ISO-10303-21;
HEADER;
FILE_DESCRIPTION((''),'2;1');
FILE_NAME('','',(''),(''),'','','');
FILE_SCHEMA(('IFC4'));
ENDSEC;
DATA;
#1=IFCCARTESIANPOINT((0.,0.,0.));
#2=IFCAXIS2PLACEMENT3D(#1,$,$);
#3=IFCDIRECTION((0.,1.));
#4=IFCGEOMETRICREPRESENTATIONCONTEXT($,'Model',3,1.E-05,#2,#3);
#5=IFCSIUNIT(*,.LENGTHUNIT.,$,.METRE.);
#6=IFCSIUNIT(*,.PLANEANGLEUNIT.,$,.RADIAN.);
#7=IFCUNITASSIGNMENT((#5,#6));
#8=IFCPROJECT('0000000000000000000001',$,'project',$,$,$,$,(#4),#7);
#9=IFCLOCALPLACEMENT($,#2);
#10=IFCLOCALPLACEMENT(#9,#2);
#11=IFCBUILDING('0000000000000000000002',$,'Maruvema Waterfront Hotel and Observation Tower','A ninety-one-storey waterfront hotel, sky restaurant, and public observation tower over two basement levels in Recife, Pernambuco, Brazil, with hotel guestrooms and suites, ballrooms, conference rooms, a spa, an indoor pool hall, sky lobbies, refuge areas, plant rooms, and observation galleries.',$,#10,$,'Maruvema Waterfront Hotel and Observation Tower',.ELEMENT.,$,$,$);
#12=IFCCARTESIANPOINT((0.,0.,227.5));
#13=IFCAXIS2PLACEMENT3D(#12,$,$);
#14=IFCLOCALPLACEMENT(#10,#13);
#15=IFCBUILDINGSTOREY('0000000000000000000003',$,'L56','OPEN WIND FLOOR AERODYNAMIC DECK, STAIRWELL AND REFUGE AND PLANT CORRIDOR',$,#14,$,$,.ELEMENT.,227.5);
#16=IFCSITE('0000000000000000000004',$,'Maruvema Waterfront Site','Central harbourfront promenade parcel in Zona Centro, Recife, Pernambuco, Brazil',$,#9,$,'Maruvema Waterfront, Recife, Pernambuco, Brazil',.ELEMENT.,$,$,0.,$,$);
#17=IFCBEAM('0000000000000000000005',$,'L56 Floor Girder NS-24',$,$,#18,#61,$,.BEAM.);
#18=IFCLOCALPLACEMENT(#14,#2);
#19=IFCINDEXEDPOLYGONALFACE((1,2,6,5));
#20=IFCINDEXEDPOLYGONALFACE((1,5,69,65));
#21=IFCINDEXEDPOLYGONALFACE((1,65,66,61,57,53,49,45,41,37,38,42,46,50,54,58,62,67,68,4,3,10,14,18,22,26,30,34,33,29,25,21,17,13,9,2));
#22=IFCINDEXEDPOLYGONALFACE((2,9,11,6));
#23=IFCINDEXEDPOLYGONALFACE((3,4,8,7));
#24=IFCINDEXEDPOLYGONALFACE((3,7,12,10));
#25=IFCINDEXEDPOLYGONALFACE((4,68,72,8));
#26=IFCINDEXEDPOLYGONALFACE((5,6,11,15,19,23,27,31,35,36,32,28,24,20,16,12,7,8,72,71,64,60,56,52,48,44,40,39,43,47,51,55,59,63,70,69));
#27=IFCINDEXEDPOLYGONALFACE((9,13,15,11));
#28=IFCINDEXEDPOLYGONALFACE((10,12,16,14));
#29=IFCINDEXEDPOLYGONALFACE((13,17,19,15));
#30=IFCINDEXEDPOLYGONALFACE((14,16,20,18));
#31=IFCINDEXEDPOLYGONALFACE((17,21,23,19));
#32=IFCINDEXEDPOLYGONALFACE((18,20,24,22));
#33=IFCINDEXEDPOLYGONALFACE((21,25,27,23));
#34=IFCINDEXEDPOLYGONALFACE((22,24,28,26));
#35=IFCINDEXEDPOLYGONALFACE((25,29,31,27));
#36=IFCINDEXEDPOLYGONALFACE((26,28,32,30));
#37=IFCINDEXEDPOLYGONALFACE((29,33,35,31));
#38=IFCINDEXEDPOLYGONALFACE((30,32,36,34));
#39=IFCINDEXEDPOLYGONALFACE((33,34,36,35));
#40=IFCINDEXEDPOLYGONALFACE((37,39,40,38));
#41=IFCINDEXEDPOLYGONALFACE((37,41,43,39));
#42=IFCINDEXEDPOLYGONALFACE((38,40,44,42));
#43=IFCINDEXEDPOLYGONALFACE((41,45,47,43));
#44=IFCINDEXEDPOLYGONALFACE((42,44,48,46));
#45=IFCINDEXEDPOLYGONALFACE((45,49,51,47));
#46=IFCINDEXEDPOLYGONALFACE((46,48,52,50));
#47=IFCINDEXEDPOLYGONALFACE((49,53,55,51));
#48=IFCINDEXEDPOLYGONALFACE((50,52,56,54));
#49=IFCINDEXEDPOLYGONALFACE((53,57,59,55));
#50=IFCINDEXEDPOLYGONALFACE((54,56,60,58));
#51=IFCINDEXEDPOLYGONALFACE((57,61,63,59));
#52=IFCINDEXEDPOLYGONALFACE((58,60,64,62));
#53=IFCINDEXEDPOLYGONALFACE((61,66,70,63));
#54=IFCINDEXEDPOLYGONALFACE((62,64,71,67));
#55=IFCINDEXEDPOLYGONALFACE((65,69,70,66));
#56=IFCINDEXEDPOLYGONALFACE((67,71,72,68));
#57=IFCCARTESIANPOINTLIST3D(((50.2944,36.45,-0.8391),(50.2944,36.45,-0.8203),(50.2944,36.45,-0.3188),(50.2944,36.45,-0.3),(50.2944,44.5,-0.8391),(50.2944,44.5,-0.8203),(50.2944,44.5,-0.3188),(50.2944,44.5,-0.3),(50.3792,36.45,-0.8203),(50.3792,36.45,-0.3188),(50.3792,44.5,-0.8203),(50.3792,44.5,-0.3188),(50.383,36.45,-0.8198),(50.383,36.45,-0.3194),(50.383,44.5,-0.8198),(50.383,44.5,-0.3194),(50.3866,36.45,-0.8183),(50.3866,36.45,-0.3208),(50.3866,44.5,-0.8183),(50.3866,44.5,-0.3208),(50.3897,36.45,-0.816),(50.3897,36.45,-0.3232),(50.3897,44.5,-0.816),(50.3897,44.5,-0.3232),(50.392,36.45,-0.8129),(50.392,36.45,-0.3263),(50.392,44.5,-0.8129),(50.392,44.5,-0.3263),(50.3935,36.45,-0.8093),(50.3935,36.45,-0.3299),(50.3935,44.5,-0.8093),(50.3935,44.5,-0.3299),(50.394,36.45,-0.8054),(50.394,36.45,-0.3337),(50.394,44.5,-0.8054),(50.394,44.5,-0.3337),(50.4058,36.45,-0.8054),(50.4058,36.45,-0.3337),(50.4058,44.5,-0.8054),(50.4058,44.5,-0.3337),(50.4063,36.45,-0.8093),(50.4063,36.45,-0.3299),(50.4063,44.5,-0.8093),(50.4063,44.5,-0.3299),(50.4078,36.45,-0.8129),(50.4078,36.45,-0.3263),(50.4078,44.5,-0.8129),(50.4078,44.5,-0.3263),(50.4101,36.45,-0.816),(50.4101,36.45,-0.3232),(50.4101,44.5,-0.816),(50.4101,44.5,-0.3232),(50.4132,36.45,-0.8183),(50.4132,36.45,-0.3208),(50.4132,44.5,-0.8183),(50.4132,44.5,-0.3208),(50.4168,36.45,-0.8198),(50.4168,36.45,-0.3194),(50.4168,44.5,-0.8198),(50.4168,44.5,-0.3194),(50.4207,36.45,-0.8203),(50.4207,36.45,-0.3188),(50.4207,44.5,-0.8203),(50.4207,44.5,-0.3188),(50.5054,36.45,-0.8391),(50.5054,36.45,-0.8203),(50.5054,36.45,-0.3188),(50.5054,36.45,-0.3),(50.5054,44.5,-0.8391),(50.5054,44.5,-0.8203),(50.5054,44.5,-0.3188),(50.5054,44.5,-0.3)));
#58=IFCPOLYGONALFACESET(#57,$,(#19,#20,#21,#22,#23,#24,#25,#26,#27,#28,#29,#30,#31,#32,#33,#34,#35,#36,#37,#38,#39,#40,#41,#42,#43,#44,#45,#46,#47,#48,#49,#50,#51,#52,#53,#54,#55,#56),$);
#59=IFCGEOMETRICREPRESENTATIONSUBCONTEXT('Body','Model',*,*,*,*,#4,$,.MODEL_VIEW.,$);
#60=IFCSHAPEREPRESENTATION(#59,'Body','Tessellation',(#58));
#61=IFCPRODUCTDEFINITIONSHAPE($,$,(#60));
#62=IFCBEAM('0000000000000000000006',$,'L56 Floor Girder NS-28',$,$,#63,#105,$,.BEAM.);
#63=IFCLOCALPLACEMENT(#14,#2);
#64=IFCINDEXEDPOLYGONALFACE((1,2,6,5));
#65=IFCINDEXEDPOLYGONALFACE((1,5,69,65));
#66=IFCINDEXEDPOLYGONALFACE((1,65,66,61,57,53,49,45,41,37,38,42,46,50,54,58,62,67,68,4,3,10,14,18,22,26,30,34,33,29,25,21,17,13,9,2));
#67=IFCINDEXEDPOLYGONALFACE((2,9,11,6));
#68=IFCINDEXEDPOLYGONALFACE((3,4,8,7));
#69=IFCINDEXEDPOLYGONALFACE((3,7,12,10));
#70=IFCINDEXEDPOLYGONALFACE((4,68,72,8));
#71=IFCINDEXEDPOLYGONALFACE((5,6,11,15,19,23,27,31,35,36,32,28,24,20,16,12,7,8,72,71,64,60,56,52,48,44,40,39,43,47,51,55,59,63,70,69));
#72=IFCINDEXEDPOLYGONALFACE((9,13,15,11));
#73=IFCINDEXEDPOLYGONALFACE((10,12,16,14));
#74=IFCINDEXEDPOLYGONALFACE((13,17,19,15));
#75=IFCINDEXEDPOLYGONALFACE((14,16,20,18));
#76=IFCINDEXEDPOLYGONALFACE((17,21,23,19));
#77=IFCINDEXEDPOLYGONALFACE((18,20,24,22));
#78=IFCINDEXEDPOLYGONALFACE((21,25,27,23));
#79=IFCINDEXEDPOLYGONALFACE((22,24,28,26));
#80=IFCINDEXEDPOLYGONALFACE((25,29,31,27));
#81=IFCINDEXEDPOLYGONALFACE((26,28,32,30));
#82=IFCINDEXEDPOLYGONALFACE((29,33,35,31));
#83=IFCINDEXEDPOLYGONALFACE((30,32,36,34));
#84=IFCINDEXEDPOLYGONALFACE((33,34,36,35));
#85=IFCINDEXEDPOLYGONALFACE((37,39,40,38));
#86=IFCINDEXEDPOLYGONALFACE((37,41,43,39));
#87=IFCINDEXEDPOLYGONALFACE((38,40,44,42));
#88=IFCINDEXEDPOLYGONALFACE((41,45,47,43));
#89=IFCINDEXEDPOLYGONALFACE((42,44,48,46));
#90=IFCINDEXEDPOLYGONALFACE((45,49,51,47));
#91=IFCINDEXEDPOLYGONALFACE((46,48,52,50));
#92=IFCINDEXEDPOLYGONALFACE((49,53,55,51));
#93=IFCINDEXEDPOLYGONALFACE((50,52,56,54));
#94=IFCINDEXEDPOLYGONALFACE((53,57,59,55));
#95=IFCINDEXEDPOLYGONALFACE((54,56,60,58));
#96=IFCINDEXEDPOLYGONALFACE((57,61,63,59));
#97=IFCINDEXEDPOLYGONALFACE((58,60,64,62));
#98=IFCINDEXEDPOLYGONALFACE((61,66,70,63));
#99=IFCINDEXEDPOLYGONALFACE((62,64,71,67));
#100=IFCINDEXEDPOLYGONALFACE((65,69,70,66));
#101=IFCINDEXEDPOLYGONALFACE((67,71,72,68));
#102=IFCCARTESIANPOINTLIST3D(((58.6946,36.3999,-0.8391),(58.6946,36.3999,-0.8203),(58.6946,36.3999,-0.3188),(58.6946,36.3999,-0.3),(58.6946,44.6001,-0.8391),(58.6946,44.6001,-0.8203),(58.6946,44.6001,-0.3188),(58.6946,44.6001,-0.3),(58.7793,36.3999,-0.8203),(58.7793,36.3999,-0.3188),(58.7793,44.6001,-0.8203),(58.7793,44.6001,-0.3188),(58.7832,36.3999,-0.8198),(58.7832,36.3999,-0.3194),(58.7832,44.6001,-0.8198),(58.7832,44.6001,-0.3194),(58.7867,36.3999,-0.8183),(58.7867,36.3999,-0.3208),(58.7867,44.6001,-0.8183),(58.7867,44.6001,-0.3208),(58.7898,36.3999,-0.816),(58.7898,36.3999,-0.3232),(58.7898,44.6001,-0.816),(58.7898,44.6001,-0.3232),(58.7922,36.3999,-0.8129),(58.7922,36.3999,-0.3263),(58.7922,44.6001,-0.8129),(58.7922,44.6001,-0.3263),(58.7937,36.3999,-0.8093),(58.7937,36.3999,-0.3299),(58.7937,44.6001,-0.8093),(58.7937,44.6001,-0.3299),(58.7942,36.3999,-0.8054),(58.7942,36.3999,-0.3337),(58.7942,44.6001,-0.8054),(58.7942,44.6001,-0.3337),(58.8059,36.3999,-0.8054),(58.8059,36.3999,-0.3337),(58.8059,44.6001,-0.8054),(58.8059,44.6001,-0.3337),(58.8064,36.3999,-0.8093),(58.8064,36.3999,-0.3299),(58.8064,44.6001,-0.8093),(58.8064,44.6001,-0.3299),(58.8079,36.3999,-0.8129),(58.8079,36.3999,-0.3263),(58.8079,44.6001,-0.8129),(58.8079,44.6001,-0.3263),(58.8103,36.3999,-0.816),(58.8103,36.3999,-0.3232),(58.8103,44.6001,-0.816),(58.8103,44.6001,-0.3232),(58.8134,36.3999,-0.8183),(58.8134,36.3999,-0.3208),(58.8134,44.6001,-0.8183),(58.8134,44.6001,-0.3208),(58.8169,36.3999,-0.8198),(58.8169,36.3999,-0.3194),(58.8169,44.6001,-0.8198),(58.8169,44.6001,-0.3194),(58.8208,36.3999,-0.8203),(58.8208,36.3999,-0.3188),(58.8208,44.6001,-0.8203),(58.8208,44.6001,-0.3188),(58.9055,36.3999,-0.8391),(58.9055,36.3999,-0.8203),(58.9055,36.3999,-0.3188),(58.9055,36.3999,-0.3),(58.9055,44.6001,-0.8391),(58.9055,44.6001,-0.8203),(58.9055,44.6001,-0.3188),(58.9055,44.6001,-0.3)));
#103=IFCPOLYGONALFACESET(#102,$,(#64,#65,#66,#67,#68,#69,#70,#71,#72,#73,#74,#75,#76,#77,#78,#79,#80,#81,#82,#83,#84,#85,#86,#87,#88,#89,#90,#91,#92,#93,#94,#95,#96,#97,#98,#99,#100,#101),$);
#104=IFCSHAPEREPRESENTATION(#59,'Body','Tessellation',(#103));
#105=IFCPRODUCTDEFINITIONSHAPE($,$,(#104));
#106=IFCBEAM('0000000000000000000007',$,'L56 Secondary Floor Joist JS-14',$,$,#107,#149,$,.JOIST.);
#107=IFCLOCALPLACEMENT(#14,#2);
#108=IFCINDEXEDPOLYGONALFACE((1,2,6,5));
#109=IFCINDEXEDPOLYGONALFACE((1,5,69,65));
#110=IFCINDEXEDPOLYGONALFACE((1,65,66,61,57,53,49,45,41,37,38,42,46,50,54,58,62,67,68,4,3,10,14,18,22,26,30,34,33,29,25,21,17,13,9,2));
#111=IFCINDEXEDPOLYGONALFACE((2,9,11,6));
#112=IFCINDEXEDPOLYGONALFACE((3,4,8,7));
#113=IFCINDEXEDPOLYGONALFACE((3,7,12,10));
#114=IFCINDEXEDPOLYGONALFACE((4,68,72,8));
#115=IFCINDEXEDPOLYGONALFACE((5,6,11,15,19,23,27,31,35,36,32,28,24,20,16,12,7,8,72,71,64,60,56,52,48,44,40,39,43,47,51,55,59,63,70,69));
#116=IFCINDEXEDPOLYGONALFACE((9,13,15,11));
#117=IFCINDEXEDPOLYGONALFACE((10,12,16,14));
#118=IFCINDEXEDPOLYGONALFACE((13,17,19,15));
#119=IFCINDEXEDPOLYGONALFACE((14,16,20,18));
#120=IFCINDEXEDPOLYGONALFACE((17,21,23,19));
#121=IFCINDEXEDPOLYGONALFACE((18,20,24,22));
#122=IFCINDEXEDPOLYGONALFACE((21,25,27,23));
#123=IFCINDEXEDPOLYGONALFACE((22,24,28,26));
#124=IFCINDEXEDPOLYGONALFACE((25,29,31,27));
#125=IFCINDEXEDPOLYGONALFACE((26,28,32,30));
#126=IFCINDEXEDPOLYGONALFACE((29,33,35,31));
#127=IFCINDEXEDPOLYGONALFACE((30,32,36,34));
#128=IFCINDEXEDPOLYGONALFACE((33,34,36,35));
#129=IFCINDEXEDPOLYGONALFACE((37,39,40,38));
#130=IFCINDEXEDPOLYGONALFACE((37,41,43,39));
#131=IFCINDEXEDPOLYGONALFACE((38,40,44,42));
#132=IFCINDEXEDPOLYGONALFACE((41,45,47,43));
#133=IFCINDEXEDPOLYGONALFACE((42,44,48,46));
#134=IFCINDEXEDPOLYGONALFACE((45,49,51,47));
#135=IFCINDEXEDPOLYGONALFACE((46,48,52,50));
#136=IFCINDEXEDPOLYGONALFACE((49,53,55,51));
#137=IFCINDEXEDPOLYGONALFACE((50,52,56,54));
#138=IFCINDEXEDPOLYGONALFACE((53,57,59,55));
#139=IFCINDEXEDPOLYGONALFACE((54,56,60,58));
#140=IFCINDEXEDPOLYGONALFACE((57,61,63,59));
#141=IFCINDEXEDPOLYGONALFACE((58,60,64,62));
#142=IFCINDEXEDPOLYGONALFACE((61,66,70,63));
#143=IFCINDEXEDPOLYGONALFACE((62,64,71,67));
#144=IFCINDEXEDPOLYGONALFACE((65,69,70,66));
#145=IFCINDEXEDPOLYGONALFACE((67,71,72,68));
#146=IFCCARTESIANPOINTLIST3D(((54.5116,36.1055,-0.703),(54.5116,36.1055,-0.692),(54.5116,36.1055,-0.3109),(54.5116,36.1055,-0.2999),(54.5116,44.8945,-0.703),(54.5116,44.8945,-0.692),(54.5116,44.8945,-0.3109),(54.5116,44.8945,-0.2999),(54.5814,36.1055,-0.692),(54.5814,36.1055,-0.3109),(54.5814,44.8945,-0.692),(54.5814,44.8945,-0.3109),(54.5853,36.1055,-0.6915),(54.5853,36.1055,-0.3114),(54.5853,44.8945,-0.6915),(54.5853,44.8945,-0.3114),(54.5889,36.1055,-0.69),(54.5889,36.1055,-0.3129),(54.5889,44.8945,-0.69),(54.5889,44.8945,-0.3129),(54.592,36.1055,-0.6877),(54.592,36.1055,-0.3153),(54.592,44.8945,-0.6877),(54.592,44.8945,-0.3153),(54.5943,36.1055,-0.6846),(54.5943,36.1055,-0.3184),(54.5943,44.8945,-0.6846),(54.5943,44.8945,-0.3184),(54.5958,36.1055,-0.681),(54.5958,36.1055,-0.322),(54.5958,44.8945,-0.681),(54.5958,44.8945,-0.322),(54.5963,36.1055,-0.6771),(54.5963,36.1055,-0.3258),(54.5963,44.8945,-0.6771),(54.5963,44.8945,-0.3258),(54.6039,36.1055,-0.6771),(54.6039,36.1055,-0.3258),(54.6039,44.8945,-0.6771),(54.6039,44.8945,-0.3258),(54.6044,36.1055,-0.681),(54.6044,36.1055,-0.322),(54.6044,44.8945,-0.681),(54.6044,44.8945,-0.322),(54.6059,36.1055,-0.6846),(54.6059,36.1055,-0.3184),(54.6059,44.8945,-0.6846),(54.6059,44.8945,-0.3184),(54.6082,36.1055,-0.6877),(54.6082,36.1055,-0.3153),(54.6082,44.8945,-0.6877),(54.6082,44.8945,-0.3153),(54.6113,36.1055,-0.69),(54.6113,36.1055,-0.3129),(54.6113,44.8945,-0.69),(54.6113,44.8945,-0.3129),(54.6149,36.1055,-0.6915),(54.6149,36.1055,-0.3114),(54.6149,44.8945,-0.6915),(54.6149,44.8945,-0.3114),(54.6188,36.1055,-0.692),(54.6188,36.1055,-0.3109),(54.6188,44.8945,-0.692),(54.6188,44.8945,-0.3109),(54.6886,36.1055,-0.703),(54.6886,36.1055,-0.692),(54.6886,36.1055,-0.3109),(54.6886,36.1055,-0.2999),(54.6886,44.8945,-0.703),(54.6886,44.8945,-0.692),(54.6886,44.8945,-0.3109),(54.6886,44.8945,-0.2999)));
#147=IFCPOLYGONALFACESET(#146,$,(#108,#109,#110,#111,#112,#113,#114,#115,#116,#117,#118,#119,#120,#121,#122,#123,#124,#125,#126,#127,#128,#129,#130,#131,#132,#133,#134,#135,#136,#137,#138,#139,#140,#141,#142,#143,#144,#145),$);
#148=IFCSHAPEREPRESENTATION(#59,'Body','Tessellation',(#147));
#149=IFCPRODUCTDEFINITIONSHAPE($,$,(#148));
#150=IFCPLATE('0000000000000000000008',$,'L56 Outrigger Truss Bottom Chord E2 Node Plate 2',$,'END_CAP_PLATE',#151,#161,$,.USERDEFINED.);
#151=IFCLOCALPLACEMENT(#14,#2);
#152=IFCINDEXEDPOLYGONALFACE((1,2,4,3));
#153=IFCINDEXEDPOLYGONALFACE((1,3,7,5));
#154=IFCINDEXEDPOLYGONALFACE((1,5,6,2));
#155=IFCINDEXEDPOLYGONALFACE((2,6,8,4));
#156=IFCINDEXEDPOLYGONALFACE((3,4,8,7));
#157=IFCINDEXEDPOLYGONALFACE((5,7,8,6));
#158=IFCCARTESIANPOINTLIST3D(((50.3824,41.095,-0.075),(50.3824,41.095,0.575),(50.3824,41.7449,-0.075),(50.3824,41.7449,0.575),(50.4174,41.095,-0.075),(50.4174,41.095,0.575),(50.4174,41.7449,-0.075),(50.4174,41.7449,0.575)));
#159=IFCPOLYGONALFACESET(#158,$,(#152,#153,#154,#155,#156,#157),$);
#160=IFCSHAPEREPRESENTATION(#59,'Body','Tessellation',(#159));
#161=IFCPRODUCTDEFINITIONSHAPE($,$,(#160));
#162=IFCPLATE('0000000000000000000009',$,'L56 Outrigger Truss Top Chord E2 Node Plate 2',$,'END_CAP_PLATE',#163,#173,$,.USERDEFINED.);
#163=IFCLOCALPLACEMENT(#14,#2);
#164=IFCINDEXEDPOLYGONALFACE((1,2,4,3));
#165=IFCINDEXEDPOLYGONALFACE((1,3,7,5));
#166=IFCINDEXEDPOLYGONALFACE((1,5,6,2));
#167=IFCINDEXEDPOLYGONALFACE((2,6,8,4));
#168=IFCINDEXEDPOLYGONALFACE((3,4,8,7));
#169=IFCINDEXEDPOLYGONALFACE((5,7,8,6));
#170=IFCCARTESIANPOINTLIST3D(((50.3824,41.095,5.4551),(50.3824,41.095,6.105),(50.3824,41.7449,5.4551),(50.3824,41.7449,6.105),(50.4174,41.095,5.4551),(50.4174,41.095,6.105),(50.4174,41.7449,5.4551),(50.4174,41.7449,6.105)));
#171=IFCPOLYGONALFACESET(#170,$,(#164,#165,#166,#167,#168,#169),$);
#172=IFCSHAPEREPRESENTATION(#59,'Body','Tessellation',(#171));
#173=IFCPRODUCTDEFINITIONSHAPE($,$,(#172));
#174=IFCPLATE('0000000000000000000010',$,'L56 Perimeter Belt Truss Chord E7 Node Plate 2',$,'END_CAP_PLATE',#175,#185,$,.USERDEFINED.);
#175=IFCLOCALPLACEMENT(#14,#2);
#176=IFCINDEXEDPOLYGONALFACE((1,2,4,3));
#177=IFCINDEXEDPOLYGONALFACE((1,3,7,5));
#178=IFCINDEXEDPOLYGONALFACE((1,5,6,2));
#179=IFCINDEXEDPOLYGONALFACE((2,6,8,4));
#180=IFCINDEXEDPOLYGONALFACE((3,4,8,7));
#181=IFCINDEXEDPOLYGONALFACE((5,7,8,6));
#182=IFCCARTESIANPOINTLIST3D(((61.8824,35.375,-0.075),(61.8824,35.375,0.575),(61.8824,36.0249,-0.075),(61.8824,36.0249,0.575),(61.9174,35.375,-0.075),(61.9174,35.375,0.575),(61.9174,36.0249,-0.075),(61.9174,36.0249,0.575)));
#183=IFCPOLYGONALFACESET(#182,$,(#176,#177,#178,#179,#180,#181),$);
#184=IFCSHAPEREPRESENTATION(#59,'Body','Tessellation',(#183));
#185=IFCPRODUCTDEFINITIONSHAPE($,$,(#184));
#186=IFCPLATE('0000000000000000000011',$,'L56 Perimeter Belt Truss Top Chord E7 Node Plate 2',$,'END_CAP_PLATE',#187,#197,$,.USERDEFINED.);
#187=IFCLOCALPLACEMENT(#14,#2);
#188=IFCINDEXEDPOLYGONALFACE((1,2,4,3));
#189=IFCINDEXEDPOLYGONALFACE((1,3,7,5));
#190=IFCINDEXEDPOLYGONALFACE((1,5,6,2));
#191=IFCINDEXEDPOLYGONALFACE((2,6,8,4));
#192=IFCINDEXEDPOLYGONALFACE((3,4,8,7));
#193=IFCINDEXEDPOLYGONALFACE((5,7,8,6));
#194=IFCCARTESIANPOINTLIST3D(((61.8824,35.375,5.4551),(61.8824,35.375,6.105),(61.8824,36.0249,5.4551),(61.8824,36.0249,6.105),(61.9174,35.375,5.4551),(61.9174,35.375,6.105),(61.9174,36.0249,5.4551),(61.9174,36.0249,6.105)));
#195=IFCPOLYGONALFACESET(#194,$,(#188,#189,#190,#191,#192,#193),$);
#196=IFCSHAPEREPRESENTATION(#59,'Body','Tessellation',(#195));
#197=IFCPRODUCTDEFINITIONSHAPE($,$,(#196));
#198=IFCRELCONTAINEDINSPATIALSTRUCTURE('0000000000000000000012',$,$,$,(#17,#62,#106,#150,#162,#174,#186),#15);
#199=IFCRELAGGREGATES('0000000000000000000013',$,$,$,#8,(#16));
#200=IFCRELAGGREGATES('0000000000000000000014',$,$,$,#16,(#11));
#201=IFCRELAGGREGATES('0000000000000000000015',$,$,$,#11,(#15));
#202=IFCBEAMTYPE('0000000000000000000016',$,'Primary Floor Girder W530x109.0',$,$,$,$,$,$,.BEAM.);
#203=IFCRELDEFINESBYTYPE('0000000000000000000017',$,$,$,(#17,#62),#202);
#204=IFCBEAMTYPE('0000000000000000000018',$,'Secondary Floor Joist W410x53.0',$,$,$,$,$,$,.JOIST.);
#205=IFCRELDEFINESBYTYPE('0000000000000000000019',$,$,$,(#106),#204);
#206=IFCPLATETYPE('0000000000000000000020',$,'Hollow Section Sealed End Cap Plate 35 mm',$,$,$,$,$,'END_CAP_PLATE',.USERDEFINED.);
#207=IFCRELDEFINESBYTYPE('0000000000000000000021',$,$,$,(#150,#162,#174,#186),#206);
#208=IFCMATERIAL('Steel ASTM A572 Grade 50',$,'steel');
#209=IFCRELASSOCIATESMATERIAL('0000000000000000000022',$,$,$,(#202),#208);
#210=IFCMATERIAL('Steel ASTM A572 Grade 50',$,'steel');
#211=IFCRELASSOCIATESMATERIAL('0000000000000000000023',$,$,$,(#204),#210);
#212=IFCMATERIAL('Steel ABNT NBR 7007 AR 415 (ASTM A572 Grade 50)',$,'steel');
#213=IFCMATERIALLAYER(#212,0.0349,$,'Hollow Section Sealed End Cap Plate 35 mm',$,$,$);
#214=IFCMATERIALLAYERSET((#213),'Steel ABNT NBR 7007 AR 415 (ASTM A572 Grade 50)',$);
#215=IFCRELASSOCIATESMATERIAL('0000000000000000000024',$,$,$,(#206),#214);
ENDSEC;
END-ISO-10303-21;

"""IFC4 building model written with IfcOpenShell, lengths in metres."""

from ifc_helpers import new_model, si_unit, direction, frame, origin, origin_2d, place, context, subcontext, project, spatial, rectangle, i_section, extrude, material, layer, layer_set, material_profile, profile_set, type_object, element, save


model = new_model("IFC4")

# Units and contexts
model_context = context("Model", 3, precision=1e-05, world=origin(), true_north=direction((0.0, 1.0)))
body_context = subcontext(model_context, "Body", "Model", "MODEL_VIEW")
ifc_project = project(units=[si_unit("LENGTHUNIT", "METRE"), si_unit("PLANEANGLEUNIT", "RADIAN")], contexts=[model_context])

# Site, building, storey
site_placement = place(None, origin())
site = spatial("IfcSite", under=ifc_project, at=site_placement, Name="Maruvema Waterfront Site", Description="Central harbourfront promenade parcel in Zona Centro, Recife, Pernambuco, Brazil", LongName="Maruvema Waterfront, Recife, Pernambuco, Brazil", CompositionType="ELEMENT", RefElevation=0.0)
building_placement = place(site_placement, origin())
building = spatial("IfcBuilding", under=site, at=building_placement, Name="Maruvema Waterfront Hotel and Observation Tower", Description="A ninety-one-storey waterfront hotel, sky restaurant, and public observation tower over two basement levels in Recife, Pernambuco, Brazil, with hotel guestrooms and suites, ballrooms, conference rooms, a spa, an indoor pool hall, sky lobbies, refuge areas, plant rooms, and observation galleries.", LongName="Maruvema Waterfront Hotel and Observation Tower", CompositionType="ELEMENT")
storey_placement = place(building_placement, frame((0.0, 0.0, 227.5)))
storey = spatial("IfcBuildingStorey", under=building, at=storey_placement, Name="L56", Description="OPEN WIND FLOOR AERODYNAMIC DECK, STAIRWELL AND REFUGE AND PLANT CORRIDOR", CompositionType="ELEMENT", Elevation=227.5)

# Beams
ifc_material_1 = material(Name="Steel ASTM A572 Grade 50", Category="steel")
ifc_material_profile_1 = material_profile(ifc_material_1, i_section(OverallWidth=0.2109, OverallDepth=0.5391, WebThickness=0.0117, FlangeThickness=0.0188, FilletRadius=0.0149, at=origin_2d()), Name="W530x109.0")
ifc_profile_set_1 = profile_set([ifc_material_profile_1], Name="Steel ASTM A572 Grade 50")
beam_type_1 = type_object("IfcBeamType", Name="Primary Floor Girder W530x109.0", PredefinedType="BEAM", material=ifc_profile_set_1)
beam_1_placement = place(storey_placement, frame((50.3999, 36.45, -0.5696), z_axis=(0.0, 1.0, 0.0), x_axis=(-1.0, 0.0, 0.0)))
element("IfcBeam", 1, at=beam_1_placement, inside=storey, type_object=beam_type_1, Name="L56 Floor Girder NS-24", PredefinedType="BEAM", context=body_context, shape_type="SweptSolid", body=[
    extrude(i_section(OverallWidth=0.2109, OverallDepth=0.5391, WebThickness=0.0117, FlangeThickness=0.0188, FilletRadius=0.0149, at=origin_2d()), origin(), (0.0, 0.0, 1.0), 8.05),
])
beam_2_placement = place(storey_placement, frame((58.8, 36.3999, -0.5696), z_axis=(0.0, 1.0, 0.0), x_axis=(-1.0, 0.0, 0.0)))
element("IfcBeam", 2, at=beam_2_placement, inside=storey, type_object=beam_type_1, Name="L56 Floor Girder NS-28", PredefinedType="BEAM", context=body_context, shape_type="SweptSolid", body=[
    extrude(i_section(OverallWidth=0.2109, OverallDepth=0.5391, WebThickness=0.0117, FlangeThickness=0.0188, FilletRadius=0.0149, at=origin_2d()), origin(), (0.0, 0.0, 1.0), 8.2002),
])
ifc_material_2 = material(Name="Steel ASTM A572 Grade 50", Category="steel")
ifc_material_profile_2 = material_profile(ifc_material_2, i_section(OverallWidth=0.177, OverallDepth=0.4031, WebThickness=0.0076, FlangeThickness=0.011, FilletRadius=0.0149, at=origin_2d()), Name="W410x53.0")
ifc_profile_set_2 = profile_set([ifc_material_profile_2], Name="Steel ASTM A572 Grade 50")
beam_type_2 = type_object("IfcBeamType", Name="Secondary Floor Joist W410x53.0", PredefinedType="JOIST", material=ifc_profile_set_2)
beam_3_placement = place(storey_placement, frame((54.6001, 36.1055, -0.5015), z_axis=(0.0, 1.0, 0.0), x_axis=(-1.0, 0.0, 0.0)))
element("IfcBeam", 3, at=beam_3_placement, inside=storey, type_object=beam_type_2, Name="L56 Secondary Floor Joist JS-14", PredefinedType="JOIST", context=body_context, shape_type="SweptSolid", body=[
    extrude(i_section(OverallWidth=0.177, OverallDepth=0.4031, WebThickness=0.0076, FlangeThickness=0.011, FilletRadius=0.0149, at=origin_2d()), origin(), (0.0, 0.0, 1.0), 8.7891),
])

# Plates
ifc_material_3 = material(Name="Steel ABNT NBR 7007 AR 415 (ASTM A572 Grade 50)", Category="steel")
ifc_layer_1 = layer(ifc_material_3, 0.0349, Name="Hollow Section Sealed End Cap Plate 35 mm")
ifc_layer_set_1 = layer_set([ifc_layer_1], Name="Steel ABNT NBR 7007 AR 415 (ASTM A572 Grade 50)")
plate_type_1 = type_object("IfcPlateType", Name="Hollow Section Sealed End Cap Plate 35 mm", ElementType="END_CAP_PLATE", PredefinedType="USERDEFINED", material=ifc_layer_set_1)
for number, where, z_axis, x_axis, name in (
    (4, (50.3999, 41.4199, -0.075), (0.0, 0.0, 1.0), (0.0, 1.0, 0.0), "L56 Outrigger Truss Bottom Chord E2 Node Plate 2"),
    (5, (50.3999, 41.4199, 5.4551), (0.0, 0.0, 1.0), (0.0, 1.0, 0.0), "L56 Outrigger Truss Top Chord E2 Node Plate 2"),
    (6, (61.8999, 35.7, -0.075), (0.0, 0.0, 1.0), (0.0, 1.0, 0.0), "L56 Perimeter Belt Truss Chord E7 Node Plate 2"),
    (7, (61.8999, 35.7, 5.4551), (0.0, 0.0, 1.0), (0.0, 1.0, 0.0), "L56 Perimeter Belt Truss Top Chord E7 Node Plate 2"),
):
    element("IfcPlate", number, at=place(storey_placement, frame(where, z_axis=z_axis, x_axis=x_axis)), inside=storey, type_object=plate_type_1, Name=name, ObjectType="END_CAP_PLATE", PredefinedType="USERDEFINED", context=body_context, shape_type="SweptSolid", body=[
        extrude(rectangle(XDim=0.6499, YDim=0.0349, at=origin_2d()), origin(), (0.0, 0.0, 1.0), 0.6499),
    ])

save(model, "model.ifc")
